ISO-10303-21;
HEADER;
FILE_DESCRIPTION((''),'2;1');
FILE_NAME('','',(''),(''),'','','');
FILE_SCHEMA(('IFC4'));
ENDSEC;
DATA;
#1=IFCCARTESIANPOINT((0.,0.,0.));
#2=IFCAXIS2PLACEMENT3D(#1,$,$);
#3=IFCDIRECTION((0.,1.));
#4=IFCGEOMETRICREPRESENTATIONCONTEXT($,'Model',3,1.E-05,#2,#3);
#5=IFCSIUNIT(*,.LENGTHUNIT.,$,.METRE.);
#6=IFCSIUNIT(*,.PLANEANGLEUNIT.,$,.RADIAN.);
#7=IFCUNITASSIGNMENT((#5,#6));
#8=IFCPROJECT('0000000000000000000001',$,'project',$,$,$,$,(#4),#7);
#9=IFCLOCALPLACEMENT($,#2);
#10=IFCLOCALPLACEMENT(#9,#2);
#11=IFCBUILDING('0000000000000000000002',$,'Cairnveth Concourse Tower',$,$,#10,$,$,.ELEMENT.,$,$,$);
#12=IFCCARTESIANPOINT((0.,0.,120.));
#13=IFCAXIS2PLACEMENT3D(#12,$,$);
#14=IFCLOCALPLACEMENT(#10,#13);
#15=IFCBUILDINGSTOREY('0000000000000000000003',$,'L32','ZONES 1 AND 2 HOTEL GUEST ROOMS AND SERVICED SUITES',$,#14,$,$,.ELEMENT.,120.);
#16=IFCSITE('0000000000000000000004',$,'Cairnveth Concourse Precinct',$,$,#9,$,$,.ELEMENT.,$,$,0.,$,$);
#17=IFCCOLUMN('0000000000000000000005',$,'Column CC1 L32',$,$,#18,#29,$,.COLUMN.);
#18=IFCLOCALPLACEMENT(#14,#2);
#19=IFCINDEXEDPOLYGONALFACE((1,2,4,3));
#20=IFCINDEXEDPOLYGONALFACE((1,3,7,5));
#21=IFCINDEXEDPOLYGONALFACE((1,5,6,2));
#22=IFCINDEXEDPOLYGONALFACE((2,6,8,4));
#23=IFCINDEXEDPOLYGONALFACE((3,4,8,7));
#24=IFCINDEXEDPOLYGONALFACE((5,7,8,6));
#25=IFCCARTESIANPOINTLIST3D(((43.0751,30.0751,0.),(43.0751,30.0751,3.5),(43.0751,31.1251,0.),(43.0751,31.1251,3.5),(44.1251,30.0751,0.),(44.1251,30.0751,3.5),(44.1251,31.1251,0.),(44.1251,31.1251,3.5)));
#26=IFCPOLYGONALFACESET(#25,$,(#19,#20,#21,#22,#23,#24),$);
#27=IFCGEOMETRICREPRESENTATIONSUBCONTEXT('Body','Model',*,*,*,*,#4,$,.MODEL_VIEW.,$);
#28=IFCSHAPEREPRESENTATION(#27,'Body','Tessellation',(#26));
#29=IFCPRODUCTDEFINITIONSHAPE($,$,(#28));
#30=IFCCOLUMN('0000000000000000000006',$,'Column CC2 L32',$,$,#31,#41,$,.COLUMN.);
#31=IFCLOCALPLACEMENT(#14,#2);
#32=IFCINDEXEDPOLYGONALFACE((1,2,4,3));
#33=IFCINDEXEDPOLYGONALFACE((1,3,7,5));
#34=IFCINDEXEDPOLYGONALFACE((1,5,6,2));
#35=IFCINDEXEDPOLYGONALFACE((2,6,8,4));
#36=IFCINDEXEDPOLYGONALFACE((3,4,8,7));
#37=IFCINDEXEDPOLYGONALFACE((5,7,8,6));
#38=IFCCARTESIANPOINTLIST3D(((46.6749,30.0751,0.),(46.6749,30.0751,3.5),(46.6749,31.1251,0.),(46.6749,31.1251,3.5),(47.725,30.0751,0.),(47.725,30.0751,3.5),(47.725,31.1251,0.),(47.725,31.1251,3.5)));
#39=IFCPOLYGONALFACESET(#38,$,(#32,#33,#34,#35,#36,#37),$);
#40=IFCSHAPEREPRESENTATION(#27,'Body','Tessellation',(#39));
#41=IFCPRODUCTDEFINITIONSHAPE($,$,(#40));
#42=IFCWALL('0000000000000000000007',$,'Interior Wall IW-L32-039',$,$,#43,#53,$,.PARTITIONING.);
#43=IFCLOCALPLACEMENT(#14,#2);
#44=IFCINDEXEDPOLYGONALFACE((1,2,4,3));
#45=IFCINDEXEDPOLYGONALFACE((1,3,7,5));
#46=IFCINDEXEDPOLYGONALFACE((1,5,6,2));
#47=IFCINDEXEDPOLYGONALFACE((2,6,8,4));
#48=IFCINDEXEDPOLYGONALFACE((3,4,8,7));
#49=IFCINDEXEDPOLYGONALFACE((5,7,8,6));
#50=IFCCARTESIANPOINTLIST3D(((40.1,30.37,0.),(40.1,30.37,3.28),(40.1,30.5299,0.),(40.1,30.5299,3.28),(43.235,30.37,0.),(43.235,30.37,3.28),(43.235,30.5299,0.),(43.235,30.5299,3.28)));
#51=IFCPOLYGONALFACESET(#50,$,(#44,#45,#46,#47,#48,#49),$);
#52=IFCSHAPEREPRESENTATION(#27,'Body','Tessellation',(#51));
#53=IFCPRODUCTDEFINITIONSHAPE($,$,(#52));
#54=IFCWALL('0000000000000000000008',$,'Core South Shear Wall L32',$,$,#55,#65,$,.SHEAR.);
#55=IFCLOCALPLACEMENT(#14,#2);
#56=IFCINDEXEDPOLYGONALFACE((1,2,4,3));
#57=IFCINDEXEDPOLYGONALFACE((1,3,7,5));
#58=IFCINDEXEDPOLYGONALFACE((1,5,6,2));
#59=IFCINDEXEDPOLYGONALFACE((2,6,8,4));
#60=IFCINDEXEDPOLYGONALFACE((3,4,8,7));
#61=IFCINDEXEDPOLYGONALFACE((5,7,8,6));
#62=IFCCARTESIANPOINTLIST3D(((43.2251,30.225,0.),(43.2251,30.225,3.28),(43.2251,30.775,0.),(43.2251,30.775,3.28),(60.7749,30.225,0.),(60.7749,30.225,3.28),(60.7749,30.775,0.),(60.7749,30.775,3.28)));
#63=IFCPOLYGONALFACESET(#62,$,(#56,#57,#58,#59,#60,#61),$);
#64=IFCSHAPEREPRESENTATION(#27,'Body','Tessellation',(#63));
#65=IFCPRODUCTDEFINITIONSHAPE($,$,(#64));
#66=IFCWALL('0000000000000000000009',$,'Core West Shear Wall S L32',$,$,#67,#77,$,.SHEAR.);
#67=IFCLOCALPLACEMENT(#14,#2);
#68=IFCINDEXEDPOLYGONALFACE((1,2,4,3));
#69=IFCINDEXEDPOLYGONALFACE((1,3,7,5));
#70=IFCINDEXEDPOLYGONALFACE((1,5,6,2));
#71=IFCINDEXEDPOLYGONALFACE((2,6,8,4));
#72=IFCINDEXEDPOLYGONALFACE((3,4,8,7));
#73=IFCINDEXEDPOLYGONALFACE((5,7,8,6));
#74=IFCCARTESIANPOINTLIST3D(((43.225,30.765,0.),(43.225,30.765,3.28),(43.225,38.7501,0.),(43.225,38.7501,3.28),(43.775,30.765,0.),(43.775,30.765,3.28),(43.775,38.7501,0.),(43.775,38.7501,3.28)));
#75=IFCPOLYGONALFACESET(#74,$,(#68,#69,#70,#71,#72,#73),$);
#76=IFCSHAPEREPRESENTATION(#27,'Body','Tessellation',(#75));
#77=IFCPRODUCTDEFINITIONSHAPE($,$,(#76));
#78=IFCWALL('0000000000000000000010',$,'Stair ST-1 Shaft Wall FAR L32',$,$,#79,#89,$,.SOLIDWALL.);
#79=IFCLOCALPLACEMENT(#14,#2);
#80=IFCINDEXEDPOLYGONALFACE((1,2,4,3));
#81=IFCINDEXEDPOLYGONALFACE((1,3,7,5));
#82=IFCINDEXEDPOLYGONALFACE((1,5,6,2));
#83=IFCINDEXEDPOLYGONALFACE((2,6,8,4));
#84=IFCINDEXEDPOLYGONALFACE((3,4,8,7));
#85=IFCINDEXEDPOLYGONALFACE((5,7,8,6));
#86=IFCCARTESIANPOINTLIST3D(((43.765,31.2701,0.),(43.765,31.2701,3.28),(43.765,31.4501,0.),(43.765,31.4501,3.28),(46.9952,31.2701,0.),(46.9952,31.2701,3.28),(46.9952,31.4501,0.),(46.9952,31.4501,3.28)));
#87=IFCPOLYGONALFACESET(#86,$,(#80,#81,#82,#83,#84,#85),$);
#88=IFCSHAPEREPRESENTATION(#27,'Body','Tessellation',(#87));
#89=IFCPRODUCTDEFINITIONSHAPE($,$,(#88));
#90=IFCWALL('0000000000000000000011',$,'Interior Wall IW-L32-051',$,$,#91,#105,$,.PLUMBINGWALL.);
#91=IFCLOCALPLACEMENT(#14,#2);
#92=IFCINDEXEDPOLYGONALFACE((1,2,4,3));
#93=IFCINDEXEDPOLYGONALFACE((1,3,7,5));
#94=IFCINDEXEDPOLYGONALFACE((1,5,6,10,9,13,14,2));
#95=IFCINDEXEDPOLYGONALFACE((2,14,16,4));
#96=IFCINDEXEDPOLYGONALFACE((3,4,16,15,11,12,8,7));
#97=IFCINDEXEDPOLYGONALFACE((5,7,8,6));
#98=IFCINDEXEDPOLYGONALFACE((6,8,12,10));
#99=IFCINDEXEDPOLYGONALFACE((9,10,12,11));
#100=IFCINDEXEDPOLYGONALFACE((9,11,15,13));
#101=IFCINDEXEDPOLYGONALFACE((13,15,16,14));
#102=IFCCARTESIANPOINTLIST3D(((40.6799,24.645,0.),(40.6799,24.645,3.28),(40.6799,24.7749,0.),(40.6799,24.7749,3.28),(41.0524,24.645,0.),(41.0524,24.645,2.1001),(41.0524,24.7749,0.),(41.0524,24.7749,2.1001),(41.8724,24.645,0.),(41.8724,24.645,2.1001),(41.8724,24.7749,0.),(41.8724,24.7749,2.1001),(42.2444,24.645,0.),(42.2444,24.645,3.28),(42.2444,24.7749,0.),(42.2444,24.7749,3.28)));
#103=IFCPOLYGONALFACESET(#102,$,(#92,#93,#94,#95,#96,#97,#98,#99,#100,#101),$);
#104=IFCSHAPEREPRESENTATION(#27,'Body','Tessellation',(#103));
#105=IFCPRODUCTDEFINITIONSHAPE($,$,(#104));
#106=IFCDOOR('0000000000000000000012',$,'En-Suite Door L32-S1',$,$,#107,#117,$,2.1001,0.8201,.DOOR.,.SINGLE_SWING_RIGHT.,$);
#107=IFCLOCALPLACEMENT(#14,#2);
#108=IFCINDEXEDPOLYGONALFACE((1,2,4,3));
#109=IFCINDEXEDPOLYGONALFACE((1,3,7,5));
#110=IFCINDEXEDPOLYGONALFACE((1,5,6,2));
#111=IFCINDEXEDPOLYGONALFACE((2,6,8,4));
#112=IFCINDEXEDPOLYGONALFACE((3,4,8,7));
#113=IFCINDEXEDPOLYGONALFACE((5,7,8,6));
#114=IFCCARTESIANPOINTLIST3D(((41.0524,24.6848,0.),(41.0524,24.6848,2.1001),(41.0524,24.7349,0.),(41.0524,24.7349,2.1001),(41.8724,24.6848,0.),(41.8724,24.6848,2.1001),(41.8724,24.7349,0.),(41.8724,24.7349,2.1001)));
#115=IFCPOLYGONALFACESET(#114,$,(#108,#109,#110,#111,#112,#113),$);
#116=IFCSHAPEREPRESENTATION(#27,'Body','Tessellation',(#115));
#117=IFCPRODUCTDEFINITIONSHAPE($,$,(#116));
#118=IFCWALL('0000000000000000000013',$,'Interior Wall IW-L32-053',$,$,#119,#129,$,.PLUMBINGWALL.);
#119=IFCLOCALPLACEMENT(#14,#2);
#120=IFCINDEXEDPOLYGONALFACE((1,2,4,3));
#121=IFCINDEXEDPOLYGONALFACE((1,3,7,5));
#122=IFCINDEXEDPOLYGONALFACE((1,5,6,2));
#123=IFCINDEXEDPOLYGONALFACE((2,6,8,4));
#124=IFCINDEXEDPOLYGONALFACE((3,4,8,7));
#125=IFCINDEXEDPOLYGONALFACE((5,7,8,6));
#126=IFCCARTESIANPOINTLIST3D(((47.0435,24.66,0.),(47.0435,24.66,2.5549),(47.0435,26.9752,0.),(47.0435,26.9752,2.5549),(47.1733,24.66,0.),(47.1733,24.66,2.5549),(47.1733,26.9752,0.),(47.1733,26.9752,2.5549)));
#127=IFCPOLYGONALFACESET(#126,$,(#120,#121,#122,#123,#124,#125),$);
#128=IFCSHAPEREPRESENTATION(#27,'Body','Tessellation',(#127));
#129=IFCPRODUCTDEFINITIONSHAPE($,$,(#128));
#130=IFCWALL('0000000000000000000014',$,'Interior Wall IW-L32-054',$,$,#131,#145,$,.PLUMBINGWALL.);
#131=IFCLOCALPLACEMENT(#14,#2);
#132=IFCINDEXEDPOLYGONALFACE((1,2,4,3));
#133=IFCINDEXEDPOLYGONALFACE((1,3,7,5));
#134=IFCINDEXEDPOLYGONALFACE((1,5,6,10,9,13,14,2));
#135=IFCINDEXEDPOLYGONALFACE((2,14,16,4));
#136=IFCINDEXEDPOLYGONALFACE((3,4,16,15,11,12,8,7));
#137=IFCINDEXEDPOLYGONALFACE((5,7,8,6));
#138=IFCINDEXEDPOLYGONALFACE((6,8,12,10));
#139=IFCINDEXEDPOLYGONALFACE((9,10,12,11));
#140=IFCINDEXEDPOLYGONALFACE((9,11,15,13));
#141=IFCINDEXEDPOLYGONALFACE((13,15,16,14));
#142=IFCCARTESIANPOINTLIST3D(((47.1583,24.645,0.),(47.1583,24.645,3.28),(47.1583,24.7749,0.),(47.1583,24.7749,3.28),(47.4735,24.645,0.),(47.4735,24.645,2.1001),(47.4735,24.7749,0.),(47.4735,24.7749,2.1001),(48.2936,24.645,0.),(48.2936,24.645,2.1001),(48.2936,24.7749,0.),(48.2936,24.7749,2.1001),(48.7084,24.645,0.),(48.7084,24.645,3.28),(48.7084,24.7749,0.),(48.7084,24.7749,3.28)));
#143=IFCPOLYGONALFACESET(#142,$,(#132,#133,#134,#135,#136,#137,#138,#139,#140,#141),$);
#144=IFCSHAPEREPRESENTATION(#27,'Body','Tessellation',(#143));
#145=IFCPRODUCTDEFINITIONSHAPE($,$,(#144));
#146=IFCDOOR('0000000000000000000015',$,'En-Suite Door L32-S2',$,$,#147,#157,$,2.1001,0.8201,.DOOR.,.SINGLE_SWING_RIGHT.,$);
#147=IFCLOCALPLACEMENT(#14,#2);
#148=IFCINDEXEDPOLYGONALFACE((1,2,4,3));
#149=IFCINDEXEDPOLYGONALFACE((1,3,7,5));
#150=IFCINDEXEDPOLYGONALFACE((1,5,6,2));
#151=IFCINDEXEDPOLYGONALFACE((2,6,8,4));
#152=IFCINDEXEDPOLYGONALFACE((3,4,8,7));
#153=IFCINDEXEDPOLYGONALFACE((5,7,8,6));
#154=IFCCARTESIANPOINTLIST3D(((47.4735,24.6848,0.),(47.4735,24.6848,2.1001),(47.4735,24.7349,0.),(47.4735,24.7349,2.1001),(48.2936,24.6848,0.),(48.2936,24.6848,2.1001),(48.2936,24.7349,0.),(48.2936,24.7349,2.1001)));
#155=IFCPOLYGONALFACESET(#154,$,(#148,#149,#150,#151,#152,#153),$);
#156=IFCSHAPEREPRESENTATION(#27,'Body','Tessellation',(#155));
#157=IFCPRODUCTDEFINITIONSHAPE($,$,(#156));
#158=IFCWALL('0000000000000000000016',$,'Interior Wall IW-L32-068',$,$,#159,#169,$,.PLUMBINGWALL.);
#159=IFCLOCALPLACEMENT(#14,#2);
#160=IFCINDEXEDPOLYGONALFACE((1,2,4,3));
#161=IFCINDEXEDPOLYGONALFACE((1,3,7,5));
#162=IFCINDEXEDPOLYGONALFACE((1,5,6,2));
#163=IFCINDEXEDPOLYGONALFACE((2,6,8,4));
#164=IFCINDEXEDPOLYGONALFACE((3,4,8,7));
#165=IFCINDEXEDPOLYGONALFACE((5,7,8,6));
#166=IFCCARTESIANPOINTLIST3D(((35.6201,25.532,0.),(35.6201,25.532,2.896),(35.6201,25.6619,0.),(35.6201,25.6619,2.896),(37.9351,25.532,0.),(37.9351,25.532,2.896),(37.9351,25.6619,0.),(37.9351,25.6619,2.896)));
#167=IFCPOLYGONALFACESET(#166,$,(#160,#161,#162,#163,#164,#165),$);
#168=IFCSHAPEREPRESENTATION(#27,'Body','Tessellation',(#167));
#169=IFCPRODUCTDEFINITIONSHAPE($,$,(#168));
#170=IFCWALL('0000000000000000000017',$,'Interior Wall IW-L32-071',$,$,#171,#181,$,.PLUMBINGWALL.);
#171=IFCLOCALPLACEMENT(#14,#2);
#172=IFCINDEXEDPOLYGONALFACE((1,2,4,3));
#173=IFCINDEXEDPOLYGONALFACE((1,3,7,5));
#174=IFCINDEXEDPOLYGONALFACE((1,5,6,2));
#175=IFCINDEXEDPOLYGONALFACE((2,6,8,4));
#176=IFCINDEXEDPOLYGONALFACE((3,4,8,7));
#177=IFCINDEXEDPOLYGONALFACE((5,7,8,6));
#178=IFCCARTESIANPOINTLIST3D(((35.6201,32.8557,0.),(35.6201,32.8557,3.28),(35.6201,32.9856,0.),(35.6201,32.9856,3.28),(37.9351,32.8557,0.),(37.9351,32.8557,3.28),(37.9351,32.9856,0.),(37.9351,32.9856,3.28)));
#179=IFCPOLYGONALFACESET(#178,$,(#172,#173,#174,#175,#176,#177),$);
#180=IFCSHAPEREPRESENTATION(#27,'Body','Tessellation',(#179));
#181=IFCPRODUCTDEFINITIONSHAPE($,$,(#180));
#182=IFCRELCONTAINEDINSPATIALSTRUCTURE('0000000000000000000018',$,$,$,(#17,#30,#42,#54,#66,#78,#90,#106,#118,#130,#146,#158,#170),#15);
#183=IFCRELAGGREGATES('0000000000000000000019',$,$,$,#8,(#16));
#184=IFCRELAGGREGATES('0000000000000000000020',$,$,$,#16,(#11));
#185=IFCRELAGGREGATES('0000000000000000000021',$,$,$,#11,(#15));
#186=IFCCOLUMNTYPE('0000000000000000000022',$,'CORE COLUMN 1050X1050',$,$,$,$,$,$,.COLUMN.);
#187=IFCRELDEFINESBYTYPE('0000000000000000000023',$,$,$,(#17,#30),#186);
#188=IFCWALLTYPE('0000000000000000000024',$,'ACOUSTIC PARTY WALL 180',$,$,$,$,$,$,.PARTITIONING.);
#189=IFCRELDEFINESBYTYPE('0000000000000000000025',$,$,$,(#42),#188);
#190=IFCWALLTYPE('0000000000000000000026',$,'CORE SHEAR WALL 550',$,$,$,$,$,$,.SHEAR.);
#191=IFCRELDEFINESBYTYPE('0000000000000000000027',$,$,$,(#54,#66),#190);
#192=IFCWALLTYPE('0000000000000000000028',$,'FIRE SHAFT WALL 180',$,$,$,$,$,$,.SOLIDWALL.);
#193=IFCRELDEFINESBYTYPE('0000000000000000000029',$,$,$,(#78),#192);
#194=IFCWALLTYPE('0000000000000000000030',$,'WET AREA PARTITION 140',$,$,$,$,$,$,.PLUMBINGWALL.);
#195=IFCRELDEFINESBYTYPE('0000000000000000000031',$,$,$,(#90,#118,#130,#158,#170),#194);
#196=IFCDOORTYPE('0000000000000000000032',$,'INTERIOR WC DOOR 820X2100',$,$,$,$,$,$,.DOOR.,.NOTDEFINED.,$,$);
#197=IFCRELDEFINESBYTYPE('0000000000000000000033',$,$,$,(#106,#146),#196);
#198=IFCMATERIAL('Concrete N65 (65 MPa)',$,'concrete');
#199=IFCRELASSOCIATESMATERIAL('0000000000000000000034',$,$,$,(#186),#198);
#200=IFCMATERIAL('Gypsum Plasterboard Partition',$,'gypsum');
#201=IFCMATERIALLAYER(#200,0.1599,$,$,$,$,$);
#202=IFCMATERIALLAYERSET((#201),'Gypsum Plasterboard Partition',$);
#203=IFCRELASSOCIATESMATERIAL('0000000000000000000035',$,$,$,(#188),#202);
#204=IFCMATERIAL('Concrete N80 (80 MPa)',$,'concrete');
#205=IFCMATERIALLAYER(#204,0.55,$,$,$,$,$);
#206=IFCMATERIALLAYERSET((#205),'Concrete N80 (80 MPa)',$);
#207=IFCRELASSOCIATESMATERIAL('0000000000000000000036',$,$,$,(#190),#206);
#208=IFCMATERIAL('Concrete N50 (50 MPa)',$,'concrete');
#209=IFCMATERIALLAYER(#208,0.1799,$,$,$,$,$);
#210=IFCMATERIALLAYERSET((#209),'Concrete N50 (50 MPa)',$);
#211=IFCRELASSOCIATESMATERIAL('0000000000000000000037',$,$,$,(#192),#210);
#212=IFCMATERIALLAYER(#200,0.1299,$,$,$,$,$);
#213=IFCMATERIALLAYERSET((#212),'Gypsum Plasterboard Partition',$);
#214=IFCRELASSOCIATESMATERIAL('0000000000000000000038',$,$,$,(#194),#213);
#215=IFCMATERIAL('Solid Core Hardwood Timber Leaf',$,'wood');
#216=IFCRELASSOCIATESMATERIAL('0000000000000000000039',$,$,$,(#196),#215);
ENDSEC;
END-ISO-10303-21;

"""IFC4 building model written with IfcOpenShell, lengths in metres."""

from ifc_helpers import new_model, si_unit, direction, frame, frame_2d, origin, origin_2d, place, context, subcontext, project, spatial, rectangle, extrude, material, layer, layer_set, material_profile, profile_set, type_object, element, fill, save


model = new_model("IFC4")

# Units and contexts
model_context = context("Model", 3, precision=1e-05, world=origin(), true_north=direction((0.0, 1.0)))
body_context = subcontext(model_context, "Body", "Model", "MODEL_VIEW")
ifc_project = project(units=[si_unit("LENGTHUNIT", "METRE"), si_unit("PLANEANGLEUNIT", "RADIAN")], contexts=[model_context])

# Site, building, storey
site_placement = place(None, origin())
site = spatial("IfcSite", under=ifc_project, at=site_placement, Name="Cairnveth Concourse Precinct", CompositionType="ELEMENT", RefElevation=0.0)
building_placement = place(site_placement, origin())
building = spatial("IfcBuilding", under=site, at=building_placement, Name="Cairnveth Concourse Tower", CompositionType="ELEMENT")
storey_placement = place(building_placement, frame((0.0, 0.0, 120.0)))
storey = spatial("IfcBuildingStorey", under=building, at=storey_placement, Name="L32", Description="ZONES 1 AND 2 HOTEL GUEST ROOMS AND SERVICED SUITES", CompositionType="ELEMENT", Elevation=120.0)

# Columns
ifc_material_1 = material(Name="Concrete N65 (65 MPa)", Category="concrete")
ifc_material_profile = material_profile(ifc_material_1, rectangle(XDim=1.05, YDim=1.05, at=origin_2d()), Name="RC-COL-1050x1050")
ifc_profile_set = profile_set([ifc_material_profile], Name="Concrete N65 (65 MPa)")
column_type = type_object("IfcColumnType", Name="CORE COLUMN 1050X1050", PredefinedType="COLUMN", material=ifc_profile_set)
for number, where, z_axis, x_axis, name in (
    (1, (43.6001, 30.6001, 0.0), (0.0, 0.0, 1.0), (1.0, 0.0, 0.0), "Column CC1 L32"),
    (2, (47.2, 30.6001, 0.0), (0.0, 0.0, 1.0), (1.0, 0.0, 0.0), "Column CC2 L32"),
):
    element("IfcColumn", number, at=place(storey_placement, frame(where, z_axis=z_axis, x_axis=x_axis)), inside=storey, type_object=column_type, Name=name, PredefinedType="COLUMN", context=body_context, shape_type="SweptSolid", body=[
        extrude(rectangle(XDim=1.05, YDim=1.05, at=origin_2d()), origin(), (0.0, 0.0, 1.0), 3.5),
    ])

# Wall
ifc_material_2 = material(Name="Gypsum Plasterboard Partition", Category="gypsum")
ifc_layer_1 = layer(ifc_material_2, 0.1599)
ifc_layer_set_1 = layer_set([ifc_layer_1], Name="Gypsum Plasterboard Partition")
wall_type_1 = type_object("IfcWallType", Name="ACOUSTIC PARTY WALL 180", PredefinedType="PARTITIONING", material=ifc_layer_set_1)
wall_1_placement = place(storey_placement, frame((40.1001, 30.45, 0.0), z_axis=(0.0, 0.0, 1.0), x_axis=(1.0, 0.0, 0.0)))
element("IfcWall", 3, at=wall_1_placement, inside=storey, type_object=wall_type_1, Name="Interior Wall IW-L32-039", PredefinedType="PARTITIONING", context=body_context, shape_type="SweptSolid", body=[
    extrude(rectangle(XDim=3.135, YDim=0.1599, at=frame_2d((1.5674, 0.0))), origin(), (0.0, 0.0, 1.0), 3.28),
])

# Shared definitions
ifc_material_3 = material(Name="Solid Core Hardwood Timber Leaf", Category="wood")

# Walls
ifc_material_4 = material(Name="Concrete N80 (80 MPa)", Category="concrete")
ifc_layer_2 = layer(ifc_material_4, 0.55)
ifc_layer_set_2 = layer_set([ifc_layer_2], Name="Concrete N80 (80 MPa)")
wall_type_2 = type_object("IfcWallType", Name="CORE SHEAR WALL 550", PredefinedType="SHEAR", material=ifc_layer_set_2)
wall_2_placement = place(storey_placement, frame((43.2251, 30.5, 0.0), z_axis=(0.0, 0.0, 1.0), x_axis=(1.0, 0.0, 0.0)))
element("IfcWall", 4, at=wall_2_placement, inside=storey, type_object=wall_type_2, Name="Core South Shear Wall L32", PredefinedType="SHEAR", context=body_context, shape_type="SweptSolid", body=[
    extrude(rectangle(XDim=17.5498, YDim=0.55, at=frame_2d((8.7749, 0.0))), origin(), (0.0, 0.0, 1.0), 3.28),
])
wall_3_placement = place(storey_placement, frame((43.5, 30.7649, 0.0), z_axis=(0.0, 0.0, 1.0), x_axis=(0.0, 1.0, 0.0)))
element("IfcWall", 5, at=wall_3_placement, inside=storey, type_object=wall_type_2, Name="Core West Shear Wall S L32", PredefinedType="SHEAR", context=body_context, shape_type="SweptSolid", body=[
    extrude(rectangle(XDim=7.9851, YDim=0.55, at=frame_2d((3.9927, 0.0))), origin(), (0.0, 0.0, 1.0), 3.28),
])
ifc_material_5 = material(Name="Concrete N50 (50 MPa)", Category="concrete")
ifc_layer_3 = layer(ifc_material_5, 0.1799)
ifc_layer_set_3 = layer_set([ifc_layer_3], Name="Concrete N50 (50 MPa)")
wall_type_3 = type_object("IfcWallType", Name="FIRE SHAFT WALL 180", PredefinedType="SOLIDWALL", material=ifc_layer_set_3)
wall_4_placement = place(storey_placement, frame((43.7649, 31.3601, 0.0), z_axis=(0.0, 0.0, 1.0), x_axis=(1.0, 0.0, 0.0)))
element("IfcWall", 6, at=wall_4_placement, inside=storey, type_object=wall_type_3, Name="Stair ST-1 Shaft Wall FAR L32", PredefinedType="SOLIDWALL", context=body_context, shape_type="SweptSolid", body=[
    extrude(rectangle(XDim=3.2302, YDim=0.1799, at=frame_2d((1.6152, 0.0))), origin(), (0.0, 0.0, 1.0), 3.28),
])

# Wall, opening, door
ifc_layer_4 = layer(ifc_material_2, 0.1299)
ifc_layer_set_4 = layer_set([ifc_layer_4], Name="Gypsum Plasterboard Partition")
wall_type_4 = type_object("IfcWallType", Name="WET AREA PARTITION 140", PredefinedType="PLUMBINGWALL", material=ifc_layer_set_4)
wall_5_placement = place(storey_placement, frame((40.6799, 24.71, 0.0), z_axis=(0.0, 0.0, 1.0), x_axis=(1.0, 0.0, 0.0)))
wall_5 = element("IfcWall", 7, at=wall_5_placement, inside=storey, type_object=wall_type_4, Name="Interior Wall IW-L32-051", PredefinedType="PLUMBINGWALL", context=body_context, shape_type="SweptSolid", body=[
    extrude(rectangle(XDim=1.5645, YDim=0.1299, at=frame_2d((0.7822, 0.0))), origin(), (0.0, 0.0, 1.0), 3.28),
])
opening_1_placement = place(wall_5_placement, frame((0.3723, 0.0, 0.0)))
opening_1 = element("IfcOpeningElement", 8, at=opening_1_placement, cuts=wall_5, PredefinedType="OPENING", context=body_context, shape_type="SweptSolid", body=[
    extrude(rectangle(XDim=0.8201, YDim=2.1001, at=frame_2d((0.4102, 1.05))), frame((0.0, 0.075, 0.0), z_axis=(0.0, -1.0, 0.0), x_axis=(1.0, 0.0, 0.0)), (0.0, 0.0, 1.0), 0.1499),
])
door_type_1 = type_object("IfcDoorType", Name="INTERIOR WC DOOR 820X2100", OperationType="NOTDEFINED", PredefinedType="DOOR", material=ifc_material_3)
door_1_placement = place(opening_1_placement, origin())
door_1 = element("IfcDoor", 9, at=door_1_placement, inside=storey, type_object=door_type_1, Name="En-Suite Door L32-S1", OperationType="SINGLE_SWING_RIGHT", OverallHeight=2.1001, OverallWidth=0.8201, PredefinedType="DOOR", context=body_context, shape_type="SweptSolid", body=[
    extrude(rectangle(XDim=0.8201, YDim=2.1001, at=frame_2d((0.4102, 1.05))), frame((0.0, 0.0249, 0.0), z_axis=(0.0, -1.0, 0.0), x_axis=(1.0, 0.0, 0.0)), (0.0, 0.0, 1.0), 0.05),
])
fill(opening_1, door_1)

# Wall
wall_6_placement = place(storey_placement, frame((47.1084, 24.6599, 0.0), z_axis=(0.0, 0.0, 1.0), x_axis=(0.0, 1.0, 0.0)))
element("IfcWall", 10, at=wall_6_placement, inside=storey, type_object=wall_type_4, Name="Interior Wall IW-L32-053", PredefinedType="PLUMBINGWALL", context=body_context, shape_type="SweptSolid", body=[
    extrude(rectangle(XDim=2.3152, YDim=0.1299, at=frame_2d((1.1577, 0.0))), origin(), (0.0, 0.0, 1.0), 2.5549),
])

# Wall, opening, door
wall_7_placement = place(storey_placement, frame((47.1584, 24.71, 0.0), z_axis=(0.0, 0.0, 1.0), x_axis=(1.0, 0.0, 0.0)))
wall_7 = element("IfcWall", 11, at=wall_7_placement, inside=storey, type_object=wall_type_4, Name="Interior Wall IW-L32-054", PredefinedType="PLUMBINGWALL", context=body_context, shape_type="SweptSolid", body=[
    extrude(rectangle(XDim=1.55, YDim=0.1299, at=frame_2d((0.7749, 0.0))), origin(), (0.0, 0.0, 1.0), 3.28),
])
opening_2_placement = place(wall_7_placement, frame((0.3149, 0.0, 0.0)))
opening_2 = element("IfcOpeningElement", 12, at=opening_2_placement, cuts=wall_7, PredefinedType="OPENING", context=body_context, shape_type="SweptSolid", body=[
    extrude(rectangle(XDim=0.8201, YDim=2.1001, at=frame_2d((0.4102, 1.05))), frame((0.0, 0.075, 0.0), z_axis=(0.0, -1.0, 0.0), x_axis=(1.0, 0.0, 0.0)), (0.0, 0.0, 1.0), 0.1499),
])
door_2_placement = place(opening_2_placement, origin())
door_2 = element("IfcDoor", 13, at=door_2_placement, inside=storey, type_object=door_type_1, Name="En-Suite Door L32-S2", OperationType="SINGLE_SWING_RIGHT", OverallHeight=2.1001, OverallWidth=0.8201, PredefinedType="DOOR", context=body_context, shape_type="SweptSolid", body=[
    extrude(rectangle(XDim=0.8201, YDim=2.1001, at=frame_2d((0.4102, 1.05))), frame((0.0, 0.0249, 0.0), z_axis=(0.0, -1.0, 0.0), x_axis=(1.0, 0.0, 0.0)), (0.0, 0.0, 1.0), 0.05),
])
fill(opening_2, door_2)

# Walls
wall_8_placement = place(storey_placement, frame((35.6201, 25.5969, 0.0), z_axis=(0.0, 0.0, 1.0), x_axis=(1.0, 0.0, 0.0)))
element("IfcWall", 14, at=wall_8_placement, inside=storey, type_object=wall_type_4, Name="Interior Wall IW-L32-068", PredefinedType="PLUMBINGWALL", context=body_context, shape_type="SweptSolid", body=[
    extrude(rectangle(XDim=2.3149, YDim=0.1299, at=frame_2d((1.1575, 0.0))), origin(), (0.0, 0.0, 1.0), 2.896),
])
wall_9_placement = place(storey_placement, frame((35.6201, 32.9207, 0.0), z_axis=(0.0, 0.0, 1.0), x_axis=(1.0, 0.0, 0.0)))
element("IfcWall", 15, at=wall_9_placement, inside=storey, type_object=wall_type_4, Name="Interior Wall IW-L32-071", PredefinedType="PLUMBINGWALL", context=body_context, shape_type="SweptSolid", body=[
    extrude(rectangle(XDim=2.3149, YDim=0.1299, at=frame_2d((1.1575, 0.0))), origin(), (0.0, 0.0, 1.0), 3.28),
])

save(model, "model.ifc")
